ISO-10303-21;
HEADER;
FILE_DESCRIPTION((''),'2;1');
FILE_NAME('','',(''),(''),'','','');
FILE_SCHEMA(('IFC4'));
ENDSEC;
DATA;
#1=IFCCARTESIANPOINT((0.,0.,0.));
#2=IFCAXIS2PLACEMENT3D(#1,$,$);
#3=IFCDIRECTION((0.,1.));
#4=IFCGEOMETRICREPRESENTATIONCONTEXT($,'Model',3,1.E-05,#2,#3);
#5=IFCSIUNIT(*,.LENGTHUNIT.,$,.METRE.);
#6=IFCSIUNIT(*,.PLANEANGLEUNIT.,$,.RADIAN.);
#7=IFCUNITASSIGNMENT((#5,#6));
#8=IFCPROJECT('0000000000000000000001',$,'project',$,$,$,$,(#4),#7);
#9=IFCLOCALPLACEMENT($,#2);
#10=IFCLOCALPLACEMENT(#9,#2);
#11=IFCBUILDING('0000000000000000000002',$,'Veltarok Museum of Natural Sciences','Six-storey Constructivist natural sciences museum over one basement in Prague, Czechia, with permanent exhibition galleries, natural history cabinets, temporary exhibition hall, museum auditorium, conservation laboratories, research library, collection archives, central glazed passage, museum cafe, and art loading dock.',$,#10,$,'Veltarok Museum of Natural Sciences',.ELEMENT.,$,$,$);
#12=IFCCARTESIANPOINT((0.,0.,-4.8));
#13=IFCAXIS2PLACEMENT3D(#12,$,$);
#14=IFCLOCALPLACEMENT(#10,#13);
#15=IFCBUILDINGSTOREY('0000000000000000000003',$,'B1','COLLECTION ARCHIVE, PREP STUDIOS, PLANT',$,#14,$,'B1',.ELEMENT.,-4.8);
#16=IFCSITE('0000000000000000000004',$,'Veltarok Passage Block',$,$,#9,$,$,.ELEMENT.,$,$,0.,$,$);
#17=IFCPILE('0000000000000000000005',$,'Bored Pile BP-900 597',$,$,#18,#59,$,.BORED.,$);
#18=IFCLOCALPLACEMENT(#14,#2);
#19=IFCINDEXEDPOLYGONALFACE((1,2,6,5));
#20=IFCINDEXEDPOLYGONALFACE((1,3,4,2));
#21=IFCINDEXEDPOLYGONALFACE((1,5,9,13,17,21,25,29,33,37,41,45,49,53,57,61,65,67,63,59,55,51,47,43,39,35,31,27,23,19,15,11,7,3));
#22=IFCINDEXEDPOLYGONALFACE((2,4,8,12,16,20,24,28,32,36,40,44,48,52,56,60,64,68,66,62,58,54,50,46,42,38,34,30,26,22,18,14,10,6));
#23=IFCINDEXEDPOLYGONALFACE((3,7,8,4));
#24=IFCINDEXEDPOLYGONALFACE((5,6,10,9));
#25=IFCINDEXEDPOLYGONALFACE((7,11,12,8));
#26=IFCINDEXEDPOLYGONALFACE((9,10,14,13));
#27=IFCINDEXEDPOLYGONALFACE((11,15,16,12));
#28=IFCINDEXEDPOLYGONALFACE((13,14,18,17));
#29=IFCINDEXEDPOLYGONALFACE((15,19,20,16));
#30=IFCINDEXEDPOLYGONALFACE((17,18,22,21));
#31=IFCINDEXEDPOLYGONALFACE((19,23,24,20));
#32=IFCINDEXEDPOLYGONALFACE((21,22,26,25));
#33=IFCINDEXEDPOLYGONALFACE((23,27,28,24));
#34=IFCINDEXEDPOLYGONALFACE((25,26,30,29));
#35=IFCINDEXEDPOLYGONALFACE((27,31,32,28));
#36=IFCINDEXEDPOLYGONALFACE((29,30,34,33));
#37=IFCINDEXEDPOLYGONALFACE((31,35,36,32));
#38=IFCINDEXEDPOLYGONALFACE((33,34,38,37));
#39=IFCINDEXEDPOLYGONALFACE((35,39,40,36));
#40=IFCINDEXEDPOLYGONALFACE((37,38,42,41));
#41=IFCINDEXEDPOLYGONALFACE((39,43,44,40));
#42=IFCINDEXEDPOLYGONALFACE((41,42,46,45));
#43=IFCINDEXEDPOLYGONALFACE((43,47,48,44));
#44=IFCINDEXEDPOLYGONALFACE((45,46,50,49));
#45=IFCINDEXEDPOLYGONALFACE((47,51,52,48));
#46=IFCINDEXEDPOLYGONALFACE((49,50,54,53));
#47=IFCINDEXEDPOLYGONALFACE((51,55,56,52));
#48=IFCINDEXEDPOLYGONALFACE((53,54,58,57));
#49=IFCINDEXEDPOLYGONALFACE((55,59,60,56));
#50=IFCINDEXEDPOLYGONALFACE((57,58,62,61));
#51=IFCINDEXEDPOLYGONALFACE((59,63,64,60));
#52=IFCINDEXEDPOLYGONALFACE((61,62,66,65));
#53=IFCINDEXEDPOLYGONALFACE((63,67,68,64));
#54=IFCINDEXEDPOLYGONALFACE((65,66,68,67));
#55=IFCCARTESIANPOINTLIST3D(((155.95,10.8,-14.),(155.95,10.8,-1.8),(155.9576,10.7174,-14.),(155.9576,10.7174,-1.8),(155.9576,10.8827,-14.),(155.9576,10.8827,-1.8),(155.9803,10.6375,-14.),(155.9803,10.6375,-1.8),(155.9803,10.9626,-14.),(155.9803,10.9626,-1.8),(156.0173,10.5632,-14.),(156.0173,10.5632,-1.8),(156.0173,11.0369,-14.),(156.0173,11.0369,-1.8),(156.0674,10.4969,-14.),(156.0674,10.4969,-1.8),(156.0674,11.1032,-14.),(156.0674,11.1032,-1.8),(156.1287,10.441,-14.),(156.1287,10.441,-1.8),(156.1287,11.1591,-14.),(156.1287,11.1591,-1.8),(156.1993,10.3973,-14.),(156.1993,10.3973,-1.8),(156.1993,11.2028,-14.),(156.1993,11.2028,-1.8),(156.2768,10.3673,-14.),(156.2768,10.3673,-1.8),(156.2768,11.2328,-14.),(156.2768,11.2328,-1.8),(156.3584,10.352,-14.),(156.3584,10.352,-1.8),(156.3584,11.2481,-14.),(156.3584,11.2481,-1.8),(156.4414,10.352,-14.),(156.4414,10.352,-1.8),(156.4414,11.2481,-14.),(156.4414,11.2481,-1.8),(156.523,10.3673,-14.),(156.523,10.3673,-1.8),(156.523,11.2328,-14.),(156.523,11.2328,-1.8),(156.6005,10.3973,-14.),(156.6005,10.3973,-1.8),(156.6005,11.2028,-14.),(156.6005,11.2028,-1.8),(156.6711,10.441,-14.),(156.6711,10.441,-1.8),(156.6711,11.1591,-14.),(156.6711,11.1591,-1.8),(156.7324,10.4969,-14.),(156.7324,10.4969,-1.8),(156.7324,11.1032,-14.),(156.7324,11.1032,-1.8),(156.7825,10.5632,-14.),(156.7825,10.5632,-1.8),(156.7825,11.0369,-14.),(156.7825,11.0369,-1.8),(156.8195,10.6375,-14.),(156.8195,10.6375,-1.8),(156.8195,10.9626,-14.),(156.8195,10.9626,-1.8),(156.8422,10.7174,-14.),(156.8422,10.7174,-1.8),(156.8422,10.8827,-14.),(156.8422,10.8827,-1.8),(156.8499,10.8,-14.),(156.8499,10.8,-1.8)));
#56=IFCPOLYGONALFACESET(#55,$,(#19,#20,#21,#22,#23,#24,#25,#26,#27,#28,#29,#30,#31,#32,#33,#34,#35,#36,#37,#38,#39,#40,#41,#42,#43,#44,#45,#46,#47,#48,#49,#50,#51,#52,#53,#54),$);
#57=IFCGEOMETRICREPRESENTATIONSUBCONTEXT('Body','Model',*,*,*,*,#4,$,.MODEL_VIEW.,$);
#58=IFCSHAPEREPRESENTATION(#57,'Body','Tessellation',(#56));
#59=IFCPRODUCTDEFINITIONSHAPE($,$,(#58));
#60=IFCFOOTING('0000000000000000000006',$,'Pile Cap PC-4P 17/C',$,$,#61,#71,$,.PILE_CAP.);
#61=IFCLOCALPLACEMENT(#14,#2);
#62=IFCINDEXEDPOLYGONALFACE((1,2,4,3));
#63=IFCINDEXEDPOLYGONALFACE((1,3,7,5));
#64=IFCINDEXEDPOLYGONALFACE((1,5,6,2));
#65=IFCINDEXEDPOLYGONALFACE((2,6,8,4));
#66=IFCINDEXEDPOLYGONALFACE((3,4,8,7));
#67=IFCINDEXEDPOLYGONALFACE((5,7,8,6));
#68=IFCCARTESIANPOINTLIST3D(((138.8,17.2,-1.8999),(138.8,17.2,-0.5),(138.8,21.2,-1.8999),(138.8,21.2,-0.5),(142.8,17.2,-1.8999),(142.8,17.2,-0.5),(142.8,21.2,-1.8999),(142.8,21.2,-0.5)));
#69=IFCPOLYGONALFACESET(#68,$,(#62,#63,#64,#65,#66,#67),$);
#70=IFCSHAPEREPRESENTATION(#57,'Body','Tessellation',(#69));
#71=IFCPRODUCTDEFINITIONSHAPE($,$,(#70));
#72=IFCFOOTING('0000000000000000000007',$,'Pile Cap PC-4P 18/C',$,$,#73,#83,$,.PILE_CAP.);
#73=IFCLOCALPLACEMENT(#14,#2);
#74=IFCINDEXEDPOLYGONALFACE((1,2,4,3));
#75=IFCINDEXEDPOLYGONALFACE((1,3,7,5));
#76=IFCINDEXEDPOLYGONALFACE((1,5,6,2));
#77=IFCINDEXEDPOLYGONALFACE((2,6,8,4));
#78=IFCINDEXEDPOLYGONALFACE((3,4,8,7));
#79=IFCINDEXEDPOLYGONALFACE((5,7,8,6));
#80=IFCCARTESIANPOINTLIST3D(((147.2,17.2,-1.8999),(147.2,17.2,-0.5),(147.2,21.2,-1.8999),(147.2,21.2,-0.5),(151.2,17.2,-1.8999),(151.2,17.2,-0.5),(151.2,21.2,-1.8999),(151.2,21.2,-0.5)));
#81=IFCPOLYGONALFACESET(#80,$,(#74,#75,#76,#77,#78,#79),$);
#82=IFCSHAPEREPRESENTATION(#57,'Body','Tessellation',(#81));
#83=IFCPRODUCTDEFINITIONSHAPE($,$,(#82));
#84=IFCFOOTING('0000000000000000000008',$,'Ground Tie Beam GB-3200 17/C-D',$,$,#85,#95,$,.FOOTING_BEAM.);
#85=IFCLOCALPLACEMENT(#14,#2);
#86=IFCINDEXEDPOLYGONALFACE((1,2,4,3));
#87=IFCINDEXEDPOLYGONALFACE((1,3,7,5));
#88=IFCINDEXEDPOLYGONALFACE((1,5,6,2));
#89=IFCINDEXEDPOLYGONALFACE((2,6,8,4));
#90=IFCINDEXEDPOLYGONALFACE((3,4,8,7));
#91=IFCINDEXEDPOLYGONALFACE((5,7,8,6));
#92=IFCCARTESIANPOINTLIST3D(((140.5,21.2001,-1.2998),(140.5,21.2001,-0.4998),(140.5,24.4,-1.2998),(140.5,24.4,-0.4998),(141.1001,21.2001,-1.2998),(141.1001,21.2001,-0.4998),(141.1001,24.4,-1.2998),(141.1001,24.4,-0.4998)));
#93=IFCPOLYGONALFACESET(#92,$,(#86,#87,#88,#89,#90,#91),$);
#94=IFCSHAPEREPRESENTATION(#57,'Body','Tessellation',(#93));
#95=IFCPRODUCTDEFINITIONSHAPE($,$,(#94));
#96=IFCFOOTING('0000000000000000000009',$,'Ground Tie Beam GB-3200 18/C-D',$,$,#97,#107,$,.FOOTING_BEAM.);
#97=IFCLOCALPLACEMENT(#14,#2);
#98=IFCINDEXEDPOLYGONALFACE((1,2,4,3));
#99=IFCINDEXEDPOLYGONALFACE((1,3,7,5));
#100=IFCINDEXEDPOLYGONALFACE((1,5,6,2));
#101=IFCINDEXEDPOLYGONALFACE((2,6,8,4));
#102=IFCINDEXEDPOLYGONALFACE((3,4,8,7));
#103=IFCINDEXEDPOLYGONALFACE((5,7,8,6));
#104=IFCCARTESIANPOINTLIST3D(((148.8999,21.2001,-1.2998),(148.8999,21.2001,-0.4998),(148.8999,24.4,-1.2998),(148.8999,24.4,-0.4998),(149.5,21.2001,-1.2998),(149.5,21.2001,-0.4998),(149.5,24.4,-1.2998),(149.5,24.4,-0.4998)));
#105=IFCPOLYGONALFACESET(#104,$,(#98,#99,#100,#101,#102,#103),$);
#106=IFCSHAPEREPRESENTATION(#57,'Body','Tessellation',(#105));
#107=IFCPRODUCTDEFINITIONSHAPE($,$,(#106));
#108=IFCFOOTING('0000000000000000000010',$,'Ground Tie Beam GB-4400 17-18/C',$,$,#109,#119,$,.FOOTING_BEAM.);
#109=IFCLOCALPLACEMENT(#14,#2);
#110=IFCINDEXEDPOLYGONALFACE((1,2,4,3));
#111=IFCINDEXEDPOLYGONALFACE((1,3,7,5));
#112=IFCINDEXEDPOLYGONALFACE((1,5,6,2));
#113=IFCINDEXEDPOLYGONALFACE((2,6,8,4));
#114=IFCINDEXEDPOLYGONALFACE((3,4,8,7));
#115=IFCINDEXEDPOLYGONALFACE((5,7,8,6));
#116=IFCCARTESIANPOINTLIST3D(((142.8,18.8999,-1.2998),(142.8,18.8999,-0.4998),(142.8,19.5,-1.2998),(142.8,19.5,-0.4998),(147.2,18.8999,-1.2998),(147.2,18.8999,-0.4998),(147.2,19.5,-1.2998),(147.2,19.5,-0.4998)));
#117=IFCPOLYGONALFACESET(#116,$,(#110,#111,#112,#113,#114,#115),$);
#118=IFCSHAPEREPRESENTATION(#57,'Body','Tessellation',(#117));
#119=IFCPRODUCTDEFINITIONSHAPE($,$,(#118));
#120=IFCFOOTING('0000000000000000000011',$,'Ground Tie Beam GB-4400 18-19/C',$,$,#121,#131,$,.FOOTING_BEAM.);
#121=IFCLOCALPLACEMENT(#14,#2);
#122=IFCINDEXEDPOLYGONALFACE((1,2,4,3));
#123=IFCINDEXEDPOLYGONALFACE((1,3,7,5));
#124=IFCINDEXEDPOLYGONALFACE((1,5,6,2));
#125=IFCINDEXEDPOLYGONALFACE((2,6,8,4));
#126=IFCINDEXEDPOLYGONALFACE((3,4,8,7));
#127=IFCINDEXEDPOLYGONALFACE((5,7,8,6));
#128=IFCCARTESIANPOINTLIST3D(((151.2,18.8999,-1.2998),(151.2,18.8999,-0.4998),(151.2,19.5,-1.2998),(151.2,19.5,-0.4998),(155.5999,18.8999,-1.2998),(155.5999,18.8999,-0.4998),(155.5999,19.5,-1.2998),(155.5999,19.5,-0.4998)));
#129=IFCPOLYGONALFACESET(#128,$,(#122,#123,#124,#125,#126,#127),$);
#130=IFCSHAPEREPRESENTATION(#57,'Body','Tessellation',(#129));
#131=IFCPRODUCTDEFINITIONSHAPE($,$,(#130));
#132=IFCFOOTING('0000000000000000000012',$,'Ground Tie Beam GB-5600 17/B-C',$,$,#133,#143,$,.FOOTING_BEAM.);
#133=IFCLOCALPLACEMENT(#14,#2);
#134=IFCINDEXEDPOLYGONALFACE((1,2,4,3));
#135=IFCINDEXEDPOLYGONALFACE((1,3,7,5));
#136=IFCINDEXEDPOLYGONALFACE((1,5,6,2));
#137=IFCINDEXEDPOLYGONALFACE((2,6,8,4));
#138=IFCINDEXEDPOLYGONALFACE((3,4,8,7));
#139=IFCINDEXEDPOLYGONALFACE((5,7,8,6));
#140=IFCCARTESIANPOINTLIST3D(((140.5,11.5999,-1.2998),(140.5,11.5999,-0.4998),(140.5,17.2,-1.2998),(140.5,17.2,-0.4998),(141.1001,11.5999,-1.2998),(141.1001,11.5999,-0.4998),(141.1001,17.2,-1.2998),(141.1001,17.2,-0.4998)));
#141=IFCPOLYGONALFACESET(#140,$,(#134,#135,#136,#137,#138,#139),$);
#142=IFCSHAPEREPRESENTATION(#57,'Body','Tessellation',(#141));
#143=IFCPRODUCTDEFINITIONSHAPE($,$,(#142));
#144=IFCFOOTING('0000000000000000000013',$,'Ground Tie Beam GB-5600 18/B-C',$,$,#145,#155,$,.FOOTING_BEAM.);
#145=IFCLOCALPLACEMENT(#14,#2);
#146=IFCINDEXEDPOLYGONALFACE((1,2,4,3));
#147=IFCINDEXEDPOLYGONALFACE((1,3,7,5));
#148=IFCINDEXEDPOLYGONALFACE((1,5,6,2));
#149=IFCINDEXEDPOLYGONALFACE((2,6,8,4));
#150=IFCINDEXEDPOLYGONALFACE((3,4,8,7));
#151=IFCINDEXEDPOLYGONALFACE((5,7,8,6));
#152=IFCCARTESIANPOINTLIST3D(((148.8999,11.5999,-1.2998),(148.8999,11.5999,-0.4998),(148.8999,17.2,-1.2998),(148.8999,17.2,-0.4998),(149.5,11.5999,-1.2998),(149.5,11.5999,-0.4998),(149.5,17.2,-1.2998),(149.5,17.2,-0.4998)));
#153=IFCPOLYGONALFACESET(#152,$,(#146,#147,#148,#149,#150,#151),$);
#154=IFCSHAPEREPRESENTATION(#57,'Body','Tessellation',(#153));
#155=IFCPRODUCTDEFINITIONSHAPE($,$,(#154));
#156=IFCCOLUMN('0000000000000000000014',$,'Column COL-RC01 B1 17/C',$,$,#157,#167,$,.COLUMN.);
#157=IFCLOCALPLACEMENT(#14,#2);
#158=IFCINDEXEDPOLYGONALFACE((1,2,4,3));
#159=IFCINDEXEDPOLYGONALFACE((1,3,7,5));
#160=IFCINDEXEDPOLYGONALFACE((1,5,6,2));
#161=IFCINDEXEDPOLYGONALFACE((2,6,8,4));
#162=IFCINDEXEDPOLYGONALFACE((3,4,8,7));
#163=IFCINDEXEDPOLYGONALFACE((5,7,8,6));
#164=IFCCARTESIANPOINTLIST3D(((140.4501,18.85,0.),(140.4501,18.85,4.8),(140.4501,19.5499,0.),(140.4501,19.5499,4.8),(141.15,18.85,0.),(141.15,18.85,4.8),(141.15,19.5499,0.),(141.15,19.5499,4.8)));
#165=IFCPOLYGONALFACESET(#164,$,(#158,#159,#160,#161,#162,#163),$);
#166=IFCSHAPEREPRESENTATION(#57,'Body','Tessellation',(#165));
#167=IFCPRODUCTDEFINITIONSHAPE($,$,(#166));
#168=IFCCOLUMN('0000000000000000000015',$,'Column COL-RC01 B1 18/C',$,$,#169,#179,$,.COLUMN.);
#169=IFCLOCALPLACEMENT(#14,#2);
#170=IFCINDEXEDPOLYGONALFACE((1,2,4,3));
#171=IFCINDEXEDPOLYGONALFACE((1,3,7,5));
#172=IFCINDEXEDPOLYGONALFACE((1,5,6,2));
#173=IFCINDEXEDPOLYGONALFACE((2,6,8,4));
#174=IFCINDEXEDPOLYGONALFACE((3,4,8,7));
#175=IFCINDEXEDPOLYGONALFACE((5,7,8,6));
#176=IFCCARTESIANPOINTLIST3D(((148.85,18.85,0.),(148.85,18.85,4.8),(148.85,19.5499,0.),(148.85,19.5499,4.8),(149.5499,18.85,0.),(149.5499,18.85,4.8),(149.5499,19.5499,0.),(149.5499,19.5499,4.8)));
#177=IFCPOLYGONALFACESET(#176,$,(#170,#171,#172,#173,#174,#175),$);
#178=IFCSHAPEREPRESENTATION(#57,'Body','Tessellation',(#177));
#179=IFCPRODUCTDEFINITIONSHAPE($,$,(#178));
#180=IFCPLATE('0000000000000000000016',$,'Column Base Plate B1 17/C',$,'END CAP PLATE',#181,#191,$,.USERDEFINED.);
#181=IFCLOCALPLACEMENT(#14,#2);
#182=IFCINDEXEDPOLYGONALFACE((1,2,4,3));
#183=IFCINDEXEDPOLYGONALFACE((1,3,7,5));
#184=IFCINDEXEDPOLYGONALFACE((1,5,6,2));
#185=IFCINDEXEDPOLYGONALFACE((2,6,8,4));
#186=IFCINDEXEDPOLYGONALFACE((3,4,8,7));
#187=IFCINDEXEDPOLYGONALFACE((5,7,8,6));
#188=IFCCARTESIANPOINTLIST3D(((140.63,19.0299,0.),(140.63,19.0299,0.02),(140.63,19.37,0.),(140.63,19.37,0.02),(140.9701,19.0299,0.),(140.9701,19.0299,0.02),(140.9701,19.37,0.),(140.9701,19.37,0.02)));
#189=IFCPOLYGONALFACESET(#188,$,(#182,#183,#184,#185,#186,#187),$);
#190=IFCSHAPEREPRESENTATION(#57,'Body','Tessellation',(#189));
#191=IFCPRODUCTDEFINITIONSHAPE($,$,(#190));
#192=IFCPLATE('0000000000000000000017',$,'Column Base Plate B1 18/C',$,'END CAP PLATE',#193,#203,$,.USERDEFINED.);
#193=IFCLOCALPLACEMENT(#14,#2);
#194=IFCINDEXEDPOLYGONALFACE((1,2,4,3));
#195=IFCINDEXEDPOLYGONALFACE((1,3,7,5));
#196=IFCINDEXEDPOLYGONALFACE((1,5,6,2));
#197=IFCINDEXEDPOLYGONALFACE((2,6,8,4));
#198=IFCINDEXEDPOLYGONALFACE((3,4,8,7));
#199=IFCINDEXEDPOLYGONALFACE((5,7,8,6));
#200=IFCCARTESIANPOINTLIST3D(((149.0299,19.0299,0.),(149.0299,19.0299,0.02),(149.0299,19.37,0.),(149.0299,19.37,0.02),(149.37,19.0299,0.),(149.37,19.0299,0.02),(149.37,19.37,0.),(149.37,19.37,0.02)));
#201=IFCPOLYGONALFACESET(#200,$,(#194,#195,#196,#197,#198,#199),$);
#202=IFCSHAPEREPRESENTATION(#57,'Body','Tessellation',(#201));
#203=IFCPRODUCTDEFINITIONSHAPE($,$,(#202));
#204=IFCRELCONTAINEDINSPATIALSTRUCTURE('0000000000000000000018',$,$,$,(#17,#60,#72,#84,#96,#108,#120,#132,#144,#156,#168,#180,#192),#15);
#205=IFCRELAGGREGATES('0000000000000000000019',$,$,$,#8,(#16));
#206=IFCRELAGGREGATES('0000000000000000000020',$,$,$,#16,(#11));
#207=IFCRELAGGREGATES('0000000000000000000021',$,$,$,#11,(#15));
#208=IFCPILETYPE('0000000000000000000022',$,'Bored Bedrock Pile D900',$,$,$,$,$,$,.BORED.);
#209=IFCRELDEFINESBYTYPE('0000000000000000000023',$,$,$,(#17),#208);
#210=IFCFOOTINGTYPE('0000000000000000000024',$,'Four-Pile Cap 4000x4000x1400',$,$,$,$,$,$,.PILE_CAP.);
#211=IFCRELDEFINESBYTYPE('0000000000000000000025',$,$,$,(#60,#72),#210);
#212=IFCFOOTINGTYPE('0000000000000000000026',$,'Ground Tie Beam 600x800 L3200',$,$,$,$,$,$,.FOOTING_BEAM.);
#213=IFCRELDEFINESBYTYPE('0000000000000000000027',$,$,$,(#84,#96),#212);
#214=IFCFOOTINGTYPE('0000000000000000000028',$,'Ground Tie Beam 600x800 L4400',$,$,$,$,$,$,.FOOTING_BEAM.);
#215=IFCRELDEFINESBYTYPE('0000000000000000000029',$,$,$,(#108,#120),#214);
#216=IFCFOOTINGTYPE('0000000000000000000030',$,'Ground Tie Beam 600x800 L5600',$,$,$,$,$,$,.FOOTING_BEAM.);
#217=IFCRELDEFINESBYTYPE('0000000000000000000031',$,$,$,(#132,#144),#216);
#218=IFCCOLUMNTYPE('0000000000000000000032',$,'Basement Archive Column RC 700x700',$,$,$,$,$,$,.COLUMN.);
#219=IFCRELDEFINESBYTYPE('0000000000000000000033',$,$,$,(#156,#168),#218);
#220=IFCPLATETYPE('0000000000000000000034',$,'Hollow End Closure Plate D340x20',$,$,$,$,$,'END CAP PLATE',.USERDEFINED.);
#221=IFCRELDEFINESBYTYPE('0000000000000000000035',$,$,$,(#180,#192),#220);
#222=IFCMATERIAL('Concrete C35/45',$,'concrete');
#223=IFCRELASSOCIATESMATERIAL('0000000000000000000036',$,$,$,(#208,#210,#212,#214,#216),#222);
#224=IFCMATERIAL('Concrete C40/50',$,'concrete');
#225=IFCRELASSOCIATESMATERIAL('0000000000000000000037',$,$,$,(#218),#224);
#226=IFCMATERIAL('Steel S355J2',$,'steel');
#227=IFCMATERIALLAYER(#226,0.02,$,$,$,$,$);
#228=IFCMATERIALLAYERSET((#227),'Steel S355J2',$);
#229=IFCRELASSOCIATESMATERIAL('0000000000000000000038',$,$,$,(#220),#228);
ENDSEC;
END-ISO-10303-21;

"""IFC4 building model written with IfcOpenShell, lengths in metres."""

from ifc_helpers import new_model, si_unit, direction, frame, origin, origin_2d, place, context, subcontext, project, spatial, rectangle, circle, extrude, material, layer, layer_set, material_profile, profile_set, type_object, element, save


model = new_model("IFC4")

# Units and contexts
model_context = context("Model", 3, precision=1e-05, world=origin(), true_north=direction((0.0, 1.0)))
body_context = subcontext(model_context, "Body", "Model", "MODEL_VIEW")
ifc_project = project(units=[si_unit("LENGTHUNIT", "METRE"), si_unit("PLANEANGLEUNIT", "RADIAN")], contexts=[model_context])

# Site, building, storey
site_placement = place(None, origin())
site = spatial("IfcSite", under=ifc_project, at=site_placement, Name="Veltarok Passage Block", CompositionType="ELEMENT", RefElevation=0.0)
building_placement = place(site_placement, origin())
building = spatial("IfcBuilding", under=site, at=building_placement, Name="Veltarok Museum of Natural Sciences", Description="Six-storey Constructivist natural sciences museum over one basement in Prague, Czechia, with permanent exhibition galleries, natural history cabinets, temporary exhibition hall, museum auditorium, conservation laboratories, research library, collection archives, central glazed passage, museum cafe, and art loading dock.", LongName="Veltarok Museum of Natural Sciences", CompositionType="ELEMENT")
storey_placement = place(building_placement, frame((0.0, 0.0, -4.8)))
storey = spatial("IfcBuildingStorey", under=building, at=storey_placement, Name="B1", Description="COLLECTION ARCHIVE, PREP STUDIOS, PLANT", LongName="B1", CompositionType="ELEMENT", Elevation=-4.8)

# Pile
ifc_material_1 = material(Name="Concrete C35/45", Category="concrete")
ifc_material_profile_1 = material_profile(ifc_material_1, circle(Radius=0.45, at=origin_2d()), Name="BP D900")
ifc_profile_set_1 = profile_set([ifc_material_profile_1], Name="Concrete C35/45")
pile_type = type_object("IfcPileType", Name="Bored Bedrock Pile D900", PredefinedType="BORED", material=ifc_profile_set_1)
for number, where, z_axis, x_axis, name in (
    (1, (156.3999, 10.8, -1.8), (0.0, 0.0, -1.0), (1.0, 0.0, 0.0), "Bored Pile BP-900 597"),
):
    element("IfcPile", number, at=place(storey_placement, frame(where, z_axis=z_axis, x_axis=x_axis)), inside=storey, type_object=pile_type, Name=name, PredefinedType="BORED", context=body_context, shape_type="SweptSolid", body=[
        extrude(circle(Radius=0.45, at=origin_2d()), origin(), (0.0, 0.0, 1.0), 12.2),
    ])

# Footings
footing_type_1 = type_object("IfcFootingType", Name="Four-Pile Cap 4000x4000x1400", PredefinedType="PILE_CAP", material=ifc_material_1)
for number, where, z_axis, x_axis, name in (
    (2, (140.8, 19.2, -1.8999), (0.0, 0.0, 1.0), (1.0, 0.0, 0.0), "Pile Cap PC-4P 17/C"),
    (3, (149.2, 19.2, -1.8999), (0.0, 0.0, 1.0), (1.0, 0.0, 0.0), "Pile Cap PC-4P 18/C"),
):
    element("IfcFooting", number, at=place(storey_placement, frame(where, z_axis=z_axis, x_axis=x_axis)), inside=storey, type_object=footing_type_1, Name=name, PredefinedType="PILE_CAP", context=body_context, shape_type="SweptSolid", body=[
        extrude(rectangle(XDim=4.0, YDim=4.0, at=origin_2d()), origin(), (0.0, 0.0, 1.0), 1.3999),
    ])
footing_type_2 = type_object("IfcFootingType", Name="Ground Tie Beam 600x800 L3200", PredefinedType="FOOTING_BEAM", material=ifc_material_1)
for number, where, z_axis, x_axis, name in (
    (4, (140.8, 22.8, -1.2998), (0.0, 0.0, 1.0), (0.0, 1.0, 0.0), "Ground Tie Beam GB-3200 17/C-D"),
    (5, (149.2, 22.8, -1.2998), (0.0, 0.0, 1.0), (0.0, 1.0, 0.0), "Ground Tie Beam GB-3200 18/C-D"),
):
    element("IfcFooting", number, at=place(storey_placement, frame(where, z_axis=z_axis, x_axis=x_axis)), inside=storey, type_object=footing_type_2, Name=name, PredefinedType="FOOTING_BEAM", context=body_context, shape_type="SweptSolid", body=[
        extrude(rectangle(XDim=3.2, YDim=0.6001, at=origin_2d()), origin(), (0.0, 0.0, 1.0), 0.8),
    ])
footing_type_3 = type_object("IfcFootingType", Name="Ground Tie Beam 600x800 L4400", PredefinedType="FOOTING_BEAM", material=ifc_material_1)
for number, where, z_axis, x_axis, name in (
    (6, (145.0, 19.2, -1.2998), (0.0, 0.0, 1.0), (1.0, 0.0, 0.0), "Ground Tie Beam GB-4400 17-18/C"),
    (7, (153.3999, 19.2, -1.2998), (0.0, 0.0, 1.0), (1.0, 0.0, 0.0), "Ground Tie Beam GB-4400 18-19/C"),
):
    element("IfcFooting", number, at=place(storey_placement, frame(where, z_axis=z_axis, x_axis=x_axis)), inside=storey, type_object=footing_type_3, Name=name, PredefinedType="FOOTING_BEAM", context=body_context, shape_type="SweptSolid", body=[
        extrude(rectangle(XDim=4.3999, YDim=0.6001, at=origin_2d()), origin(), (0.0, 0.0, 1.0), 0.8),
    ])
footing_type_4 = type_object("IfcFootingType", Name="Ground Tie Beam 600x800 L5600", PredefinedType="FOOTING_BEAM", material=ifc_material_1)
for number, where, z_axis, x_axis, name in (
    (8, (140.8, 14.3999, -1.2998), (0.0, 0.0, 1.0), (0.0, 1.0, 0.0), "Ground Tie Beam GB-5600 17/B-C"),
    (9, (149.2, 14.3999, -1.2998), (0.0, 0.0, 1.0), (0.0, 1.0, 0.0), "Ground Tie Beam GB-5600 18/B-C"),
):
    element("IfcFooting", number, at=place(storey_placement, frame(where, z_axis=z_axis, x_axis=x_axis)), inside=storey, type_object=footing_type_4, Name=name, PredefinedType="FOOTING_BEAM", context=body_context, shape_type="SweptSolid", body=[
        extrude(rectangle(XDim=5.6001, YDim=0.6001, at=origin_2d()), origin(), (0.0, 0.0, 1.0), 0.8),
    ])

# Columns
ifc_material_2 = material(Name="Concrete C40/50", Category="concrete")
ifc_material_profile_2 = material_profile(ifc_material_2, rectangle(XDim=0.7, YDim=0.7, at=origin_2d()), Name="RC 700x700")
ifc_profile_set_2 = profile_set([ifc_material_profile_2], Name="Concrete C40/50")
column_type = type_object("IfcColumnType", Name="Basement Archive Column RC 700x700", PredefinedType="COLUMN", material=ifc_profile_set_2)
for number, where, z_axis, x_axis, name in (
    (10, (140.8, 19.2, 0.0), (0.0, 0.0, 1.0), (1.0, 0.0, 0.0), "Column COL-RC01 B1 17/C"),
    (11, (149.2, 19.2, 0.0), (0.0, 0.0, 1.0), (1.0, 0.0, 0.0), "Column COL-RC01 B1 18/C"),
):
    element("IfcColumn", number, at=place(storey_placement, frame(where, z_axis=z_axis, x_axis=x_axis)), inside=storey, type_object=column_type, Name=name, PredefinedType="COLUMN", context=body_context, shape_type="SweptSolid", body=[
        extrude(rectangle(XDim=0.7, YDim=0.7, at=origin_2d()), origin(), (0.0, 0.0, 1.0), 4.8),
    ])

# Plates
ifc_material_3 = material(Name="Steel S355J2", Category="steel")
ifc_layer_1 = layer(ifc_material_3, 0.02)
ifc_layer_set_1 = layer_set([ifc_layer_1], Name="Steel S355J2")
plate_type = type_object("IfcPlateType", Name="Hollow End Closure Plate D340x20", ElementType="END CAP PLATE", PredefinedType="USERDEFINED", material=ifc_layer_set_1)
for number, where, z_axis, x_axis, name in (
    (12, (140.8, 19.2, 0.0), (0.0, 0.0, 1.0), (1.0, 0.0, 0.0), "Column Base Plate B1 17/C"),
    (13, (149.2, 19.2, 0.0), (0.0, 0.0, 1.0), (1.0, 0.0, 0.0), "Column Base Plate B1 18/C"),
):
    element("IfcPlate", number, at=place(storey_placement, frame(where, z_axis=z_axis, x_axis=x_axis)), inside=storey, type_object=plate_type, Name=name, ObjectType="END CAP PLATE", PredefinedType="USERDEFINED", context=body_context, shape_type="SweptSolid", body=[
        extrude(rectangle(XDim=0.3401, YDim=0.3401, at=origin_2d()), origin(), (0.0, 0.0, 1.0), 0.02),
    ])

save(model, "model.ifc")
